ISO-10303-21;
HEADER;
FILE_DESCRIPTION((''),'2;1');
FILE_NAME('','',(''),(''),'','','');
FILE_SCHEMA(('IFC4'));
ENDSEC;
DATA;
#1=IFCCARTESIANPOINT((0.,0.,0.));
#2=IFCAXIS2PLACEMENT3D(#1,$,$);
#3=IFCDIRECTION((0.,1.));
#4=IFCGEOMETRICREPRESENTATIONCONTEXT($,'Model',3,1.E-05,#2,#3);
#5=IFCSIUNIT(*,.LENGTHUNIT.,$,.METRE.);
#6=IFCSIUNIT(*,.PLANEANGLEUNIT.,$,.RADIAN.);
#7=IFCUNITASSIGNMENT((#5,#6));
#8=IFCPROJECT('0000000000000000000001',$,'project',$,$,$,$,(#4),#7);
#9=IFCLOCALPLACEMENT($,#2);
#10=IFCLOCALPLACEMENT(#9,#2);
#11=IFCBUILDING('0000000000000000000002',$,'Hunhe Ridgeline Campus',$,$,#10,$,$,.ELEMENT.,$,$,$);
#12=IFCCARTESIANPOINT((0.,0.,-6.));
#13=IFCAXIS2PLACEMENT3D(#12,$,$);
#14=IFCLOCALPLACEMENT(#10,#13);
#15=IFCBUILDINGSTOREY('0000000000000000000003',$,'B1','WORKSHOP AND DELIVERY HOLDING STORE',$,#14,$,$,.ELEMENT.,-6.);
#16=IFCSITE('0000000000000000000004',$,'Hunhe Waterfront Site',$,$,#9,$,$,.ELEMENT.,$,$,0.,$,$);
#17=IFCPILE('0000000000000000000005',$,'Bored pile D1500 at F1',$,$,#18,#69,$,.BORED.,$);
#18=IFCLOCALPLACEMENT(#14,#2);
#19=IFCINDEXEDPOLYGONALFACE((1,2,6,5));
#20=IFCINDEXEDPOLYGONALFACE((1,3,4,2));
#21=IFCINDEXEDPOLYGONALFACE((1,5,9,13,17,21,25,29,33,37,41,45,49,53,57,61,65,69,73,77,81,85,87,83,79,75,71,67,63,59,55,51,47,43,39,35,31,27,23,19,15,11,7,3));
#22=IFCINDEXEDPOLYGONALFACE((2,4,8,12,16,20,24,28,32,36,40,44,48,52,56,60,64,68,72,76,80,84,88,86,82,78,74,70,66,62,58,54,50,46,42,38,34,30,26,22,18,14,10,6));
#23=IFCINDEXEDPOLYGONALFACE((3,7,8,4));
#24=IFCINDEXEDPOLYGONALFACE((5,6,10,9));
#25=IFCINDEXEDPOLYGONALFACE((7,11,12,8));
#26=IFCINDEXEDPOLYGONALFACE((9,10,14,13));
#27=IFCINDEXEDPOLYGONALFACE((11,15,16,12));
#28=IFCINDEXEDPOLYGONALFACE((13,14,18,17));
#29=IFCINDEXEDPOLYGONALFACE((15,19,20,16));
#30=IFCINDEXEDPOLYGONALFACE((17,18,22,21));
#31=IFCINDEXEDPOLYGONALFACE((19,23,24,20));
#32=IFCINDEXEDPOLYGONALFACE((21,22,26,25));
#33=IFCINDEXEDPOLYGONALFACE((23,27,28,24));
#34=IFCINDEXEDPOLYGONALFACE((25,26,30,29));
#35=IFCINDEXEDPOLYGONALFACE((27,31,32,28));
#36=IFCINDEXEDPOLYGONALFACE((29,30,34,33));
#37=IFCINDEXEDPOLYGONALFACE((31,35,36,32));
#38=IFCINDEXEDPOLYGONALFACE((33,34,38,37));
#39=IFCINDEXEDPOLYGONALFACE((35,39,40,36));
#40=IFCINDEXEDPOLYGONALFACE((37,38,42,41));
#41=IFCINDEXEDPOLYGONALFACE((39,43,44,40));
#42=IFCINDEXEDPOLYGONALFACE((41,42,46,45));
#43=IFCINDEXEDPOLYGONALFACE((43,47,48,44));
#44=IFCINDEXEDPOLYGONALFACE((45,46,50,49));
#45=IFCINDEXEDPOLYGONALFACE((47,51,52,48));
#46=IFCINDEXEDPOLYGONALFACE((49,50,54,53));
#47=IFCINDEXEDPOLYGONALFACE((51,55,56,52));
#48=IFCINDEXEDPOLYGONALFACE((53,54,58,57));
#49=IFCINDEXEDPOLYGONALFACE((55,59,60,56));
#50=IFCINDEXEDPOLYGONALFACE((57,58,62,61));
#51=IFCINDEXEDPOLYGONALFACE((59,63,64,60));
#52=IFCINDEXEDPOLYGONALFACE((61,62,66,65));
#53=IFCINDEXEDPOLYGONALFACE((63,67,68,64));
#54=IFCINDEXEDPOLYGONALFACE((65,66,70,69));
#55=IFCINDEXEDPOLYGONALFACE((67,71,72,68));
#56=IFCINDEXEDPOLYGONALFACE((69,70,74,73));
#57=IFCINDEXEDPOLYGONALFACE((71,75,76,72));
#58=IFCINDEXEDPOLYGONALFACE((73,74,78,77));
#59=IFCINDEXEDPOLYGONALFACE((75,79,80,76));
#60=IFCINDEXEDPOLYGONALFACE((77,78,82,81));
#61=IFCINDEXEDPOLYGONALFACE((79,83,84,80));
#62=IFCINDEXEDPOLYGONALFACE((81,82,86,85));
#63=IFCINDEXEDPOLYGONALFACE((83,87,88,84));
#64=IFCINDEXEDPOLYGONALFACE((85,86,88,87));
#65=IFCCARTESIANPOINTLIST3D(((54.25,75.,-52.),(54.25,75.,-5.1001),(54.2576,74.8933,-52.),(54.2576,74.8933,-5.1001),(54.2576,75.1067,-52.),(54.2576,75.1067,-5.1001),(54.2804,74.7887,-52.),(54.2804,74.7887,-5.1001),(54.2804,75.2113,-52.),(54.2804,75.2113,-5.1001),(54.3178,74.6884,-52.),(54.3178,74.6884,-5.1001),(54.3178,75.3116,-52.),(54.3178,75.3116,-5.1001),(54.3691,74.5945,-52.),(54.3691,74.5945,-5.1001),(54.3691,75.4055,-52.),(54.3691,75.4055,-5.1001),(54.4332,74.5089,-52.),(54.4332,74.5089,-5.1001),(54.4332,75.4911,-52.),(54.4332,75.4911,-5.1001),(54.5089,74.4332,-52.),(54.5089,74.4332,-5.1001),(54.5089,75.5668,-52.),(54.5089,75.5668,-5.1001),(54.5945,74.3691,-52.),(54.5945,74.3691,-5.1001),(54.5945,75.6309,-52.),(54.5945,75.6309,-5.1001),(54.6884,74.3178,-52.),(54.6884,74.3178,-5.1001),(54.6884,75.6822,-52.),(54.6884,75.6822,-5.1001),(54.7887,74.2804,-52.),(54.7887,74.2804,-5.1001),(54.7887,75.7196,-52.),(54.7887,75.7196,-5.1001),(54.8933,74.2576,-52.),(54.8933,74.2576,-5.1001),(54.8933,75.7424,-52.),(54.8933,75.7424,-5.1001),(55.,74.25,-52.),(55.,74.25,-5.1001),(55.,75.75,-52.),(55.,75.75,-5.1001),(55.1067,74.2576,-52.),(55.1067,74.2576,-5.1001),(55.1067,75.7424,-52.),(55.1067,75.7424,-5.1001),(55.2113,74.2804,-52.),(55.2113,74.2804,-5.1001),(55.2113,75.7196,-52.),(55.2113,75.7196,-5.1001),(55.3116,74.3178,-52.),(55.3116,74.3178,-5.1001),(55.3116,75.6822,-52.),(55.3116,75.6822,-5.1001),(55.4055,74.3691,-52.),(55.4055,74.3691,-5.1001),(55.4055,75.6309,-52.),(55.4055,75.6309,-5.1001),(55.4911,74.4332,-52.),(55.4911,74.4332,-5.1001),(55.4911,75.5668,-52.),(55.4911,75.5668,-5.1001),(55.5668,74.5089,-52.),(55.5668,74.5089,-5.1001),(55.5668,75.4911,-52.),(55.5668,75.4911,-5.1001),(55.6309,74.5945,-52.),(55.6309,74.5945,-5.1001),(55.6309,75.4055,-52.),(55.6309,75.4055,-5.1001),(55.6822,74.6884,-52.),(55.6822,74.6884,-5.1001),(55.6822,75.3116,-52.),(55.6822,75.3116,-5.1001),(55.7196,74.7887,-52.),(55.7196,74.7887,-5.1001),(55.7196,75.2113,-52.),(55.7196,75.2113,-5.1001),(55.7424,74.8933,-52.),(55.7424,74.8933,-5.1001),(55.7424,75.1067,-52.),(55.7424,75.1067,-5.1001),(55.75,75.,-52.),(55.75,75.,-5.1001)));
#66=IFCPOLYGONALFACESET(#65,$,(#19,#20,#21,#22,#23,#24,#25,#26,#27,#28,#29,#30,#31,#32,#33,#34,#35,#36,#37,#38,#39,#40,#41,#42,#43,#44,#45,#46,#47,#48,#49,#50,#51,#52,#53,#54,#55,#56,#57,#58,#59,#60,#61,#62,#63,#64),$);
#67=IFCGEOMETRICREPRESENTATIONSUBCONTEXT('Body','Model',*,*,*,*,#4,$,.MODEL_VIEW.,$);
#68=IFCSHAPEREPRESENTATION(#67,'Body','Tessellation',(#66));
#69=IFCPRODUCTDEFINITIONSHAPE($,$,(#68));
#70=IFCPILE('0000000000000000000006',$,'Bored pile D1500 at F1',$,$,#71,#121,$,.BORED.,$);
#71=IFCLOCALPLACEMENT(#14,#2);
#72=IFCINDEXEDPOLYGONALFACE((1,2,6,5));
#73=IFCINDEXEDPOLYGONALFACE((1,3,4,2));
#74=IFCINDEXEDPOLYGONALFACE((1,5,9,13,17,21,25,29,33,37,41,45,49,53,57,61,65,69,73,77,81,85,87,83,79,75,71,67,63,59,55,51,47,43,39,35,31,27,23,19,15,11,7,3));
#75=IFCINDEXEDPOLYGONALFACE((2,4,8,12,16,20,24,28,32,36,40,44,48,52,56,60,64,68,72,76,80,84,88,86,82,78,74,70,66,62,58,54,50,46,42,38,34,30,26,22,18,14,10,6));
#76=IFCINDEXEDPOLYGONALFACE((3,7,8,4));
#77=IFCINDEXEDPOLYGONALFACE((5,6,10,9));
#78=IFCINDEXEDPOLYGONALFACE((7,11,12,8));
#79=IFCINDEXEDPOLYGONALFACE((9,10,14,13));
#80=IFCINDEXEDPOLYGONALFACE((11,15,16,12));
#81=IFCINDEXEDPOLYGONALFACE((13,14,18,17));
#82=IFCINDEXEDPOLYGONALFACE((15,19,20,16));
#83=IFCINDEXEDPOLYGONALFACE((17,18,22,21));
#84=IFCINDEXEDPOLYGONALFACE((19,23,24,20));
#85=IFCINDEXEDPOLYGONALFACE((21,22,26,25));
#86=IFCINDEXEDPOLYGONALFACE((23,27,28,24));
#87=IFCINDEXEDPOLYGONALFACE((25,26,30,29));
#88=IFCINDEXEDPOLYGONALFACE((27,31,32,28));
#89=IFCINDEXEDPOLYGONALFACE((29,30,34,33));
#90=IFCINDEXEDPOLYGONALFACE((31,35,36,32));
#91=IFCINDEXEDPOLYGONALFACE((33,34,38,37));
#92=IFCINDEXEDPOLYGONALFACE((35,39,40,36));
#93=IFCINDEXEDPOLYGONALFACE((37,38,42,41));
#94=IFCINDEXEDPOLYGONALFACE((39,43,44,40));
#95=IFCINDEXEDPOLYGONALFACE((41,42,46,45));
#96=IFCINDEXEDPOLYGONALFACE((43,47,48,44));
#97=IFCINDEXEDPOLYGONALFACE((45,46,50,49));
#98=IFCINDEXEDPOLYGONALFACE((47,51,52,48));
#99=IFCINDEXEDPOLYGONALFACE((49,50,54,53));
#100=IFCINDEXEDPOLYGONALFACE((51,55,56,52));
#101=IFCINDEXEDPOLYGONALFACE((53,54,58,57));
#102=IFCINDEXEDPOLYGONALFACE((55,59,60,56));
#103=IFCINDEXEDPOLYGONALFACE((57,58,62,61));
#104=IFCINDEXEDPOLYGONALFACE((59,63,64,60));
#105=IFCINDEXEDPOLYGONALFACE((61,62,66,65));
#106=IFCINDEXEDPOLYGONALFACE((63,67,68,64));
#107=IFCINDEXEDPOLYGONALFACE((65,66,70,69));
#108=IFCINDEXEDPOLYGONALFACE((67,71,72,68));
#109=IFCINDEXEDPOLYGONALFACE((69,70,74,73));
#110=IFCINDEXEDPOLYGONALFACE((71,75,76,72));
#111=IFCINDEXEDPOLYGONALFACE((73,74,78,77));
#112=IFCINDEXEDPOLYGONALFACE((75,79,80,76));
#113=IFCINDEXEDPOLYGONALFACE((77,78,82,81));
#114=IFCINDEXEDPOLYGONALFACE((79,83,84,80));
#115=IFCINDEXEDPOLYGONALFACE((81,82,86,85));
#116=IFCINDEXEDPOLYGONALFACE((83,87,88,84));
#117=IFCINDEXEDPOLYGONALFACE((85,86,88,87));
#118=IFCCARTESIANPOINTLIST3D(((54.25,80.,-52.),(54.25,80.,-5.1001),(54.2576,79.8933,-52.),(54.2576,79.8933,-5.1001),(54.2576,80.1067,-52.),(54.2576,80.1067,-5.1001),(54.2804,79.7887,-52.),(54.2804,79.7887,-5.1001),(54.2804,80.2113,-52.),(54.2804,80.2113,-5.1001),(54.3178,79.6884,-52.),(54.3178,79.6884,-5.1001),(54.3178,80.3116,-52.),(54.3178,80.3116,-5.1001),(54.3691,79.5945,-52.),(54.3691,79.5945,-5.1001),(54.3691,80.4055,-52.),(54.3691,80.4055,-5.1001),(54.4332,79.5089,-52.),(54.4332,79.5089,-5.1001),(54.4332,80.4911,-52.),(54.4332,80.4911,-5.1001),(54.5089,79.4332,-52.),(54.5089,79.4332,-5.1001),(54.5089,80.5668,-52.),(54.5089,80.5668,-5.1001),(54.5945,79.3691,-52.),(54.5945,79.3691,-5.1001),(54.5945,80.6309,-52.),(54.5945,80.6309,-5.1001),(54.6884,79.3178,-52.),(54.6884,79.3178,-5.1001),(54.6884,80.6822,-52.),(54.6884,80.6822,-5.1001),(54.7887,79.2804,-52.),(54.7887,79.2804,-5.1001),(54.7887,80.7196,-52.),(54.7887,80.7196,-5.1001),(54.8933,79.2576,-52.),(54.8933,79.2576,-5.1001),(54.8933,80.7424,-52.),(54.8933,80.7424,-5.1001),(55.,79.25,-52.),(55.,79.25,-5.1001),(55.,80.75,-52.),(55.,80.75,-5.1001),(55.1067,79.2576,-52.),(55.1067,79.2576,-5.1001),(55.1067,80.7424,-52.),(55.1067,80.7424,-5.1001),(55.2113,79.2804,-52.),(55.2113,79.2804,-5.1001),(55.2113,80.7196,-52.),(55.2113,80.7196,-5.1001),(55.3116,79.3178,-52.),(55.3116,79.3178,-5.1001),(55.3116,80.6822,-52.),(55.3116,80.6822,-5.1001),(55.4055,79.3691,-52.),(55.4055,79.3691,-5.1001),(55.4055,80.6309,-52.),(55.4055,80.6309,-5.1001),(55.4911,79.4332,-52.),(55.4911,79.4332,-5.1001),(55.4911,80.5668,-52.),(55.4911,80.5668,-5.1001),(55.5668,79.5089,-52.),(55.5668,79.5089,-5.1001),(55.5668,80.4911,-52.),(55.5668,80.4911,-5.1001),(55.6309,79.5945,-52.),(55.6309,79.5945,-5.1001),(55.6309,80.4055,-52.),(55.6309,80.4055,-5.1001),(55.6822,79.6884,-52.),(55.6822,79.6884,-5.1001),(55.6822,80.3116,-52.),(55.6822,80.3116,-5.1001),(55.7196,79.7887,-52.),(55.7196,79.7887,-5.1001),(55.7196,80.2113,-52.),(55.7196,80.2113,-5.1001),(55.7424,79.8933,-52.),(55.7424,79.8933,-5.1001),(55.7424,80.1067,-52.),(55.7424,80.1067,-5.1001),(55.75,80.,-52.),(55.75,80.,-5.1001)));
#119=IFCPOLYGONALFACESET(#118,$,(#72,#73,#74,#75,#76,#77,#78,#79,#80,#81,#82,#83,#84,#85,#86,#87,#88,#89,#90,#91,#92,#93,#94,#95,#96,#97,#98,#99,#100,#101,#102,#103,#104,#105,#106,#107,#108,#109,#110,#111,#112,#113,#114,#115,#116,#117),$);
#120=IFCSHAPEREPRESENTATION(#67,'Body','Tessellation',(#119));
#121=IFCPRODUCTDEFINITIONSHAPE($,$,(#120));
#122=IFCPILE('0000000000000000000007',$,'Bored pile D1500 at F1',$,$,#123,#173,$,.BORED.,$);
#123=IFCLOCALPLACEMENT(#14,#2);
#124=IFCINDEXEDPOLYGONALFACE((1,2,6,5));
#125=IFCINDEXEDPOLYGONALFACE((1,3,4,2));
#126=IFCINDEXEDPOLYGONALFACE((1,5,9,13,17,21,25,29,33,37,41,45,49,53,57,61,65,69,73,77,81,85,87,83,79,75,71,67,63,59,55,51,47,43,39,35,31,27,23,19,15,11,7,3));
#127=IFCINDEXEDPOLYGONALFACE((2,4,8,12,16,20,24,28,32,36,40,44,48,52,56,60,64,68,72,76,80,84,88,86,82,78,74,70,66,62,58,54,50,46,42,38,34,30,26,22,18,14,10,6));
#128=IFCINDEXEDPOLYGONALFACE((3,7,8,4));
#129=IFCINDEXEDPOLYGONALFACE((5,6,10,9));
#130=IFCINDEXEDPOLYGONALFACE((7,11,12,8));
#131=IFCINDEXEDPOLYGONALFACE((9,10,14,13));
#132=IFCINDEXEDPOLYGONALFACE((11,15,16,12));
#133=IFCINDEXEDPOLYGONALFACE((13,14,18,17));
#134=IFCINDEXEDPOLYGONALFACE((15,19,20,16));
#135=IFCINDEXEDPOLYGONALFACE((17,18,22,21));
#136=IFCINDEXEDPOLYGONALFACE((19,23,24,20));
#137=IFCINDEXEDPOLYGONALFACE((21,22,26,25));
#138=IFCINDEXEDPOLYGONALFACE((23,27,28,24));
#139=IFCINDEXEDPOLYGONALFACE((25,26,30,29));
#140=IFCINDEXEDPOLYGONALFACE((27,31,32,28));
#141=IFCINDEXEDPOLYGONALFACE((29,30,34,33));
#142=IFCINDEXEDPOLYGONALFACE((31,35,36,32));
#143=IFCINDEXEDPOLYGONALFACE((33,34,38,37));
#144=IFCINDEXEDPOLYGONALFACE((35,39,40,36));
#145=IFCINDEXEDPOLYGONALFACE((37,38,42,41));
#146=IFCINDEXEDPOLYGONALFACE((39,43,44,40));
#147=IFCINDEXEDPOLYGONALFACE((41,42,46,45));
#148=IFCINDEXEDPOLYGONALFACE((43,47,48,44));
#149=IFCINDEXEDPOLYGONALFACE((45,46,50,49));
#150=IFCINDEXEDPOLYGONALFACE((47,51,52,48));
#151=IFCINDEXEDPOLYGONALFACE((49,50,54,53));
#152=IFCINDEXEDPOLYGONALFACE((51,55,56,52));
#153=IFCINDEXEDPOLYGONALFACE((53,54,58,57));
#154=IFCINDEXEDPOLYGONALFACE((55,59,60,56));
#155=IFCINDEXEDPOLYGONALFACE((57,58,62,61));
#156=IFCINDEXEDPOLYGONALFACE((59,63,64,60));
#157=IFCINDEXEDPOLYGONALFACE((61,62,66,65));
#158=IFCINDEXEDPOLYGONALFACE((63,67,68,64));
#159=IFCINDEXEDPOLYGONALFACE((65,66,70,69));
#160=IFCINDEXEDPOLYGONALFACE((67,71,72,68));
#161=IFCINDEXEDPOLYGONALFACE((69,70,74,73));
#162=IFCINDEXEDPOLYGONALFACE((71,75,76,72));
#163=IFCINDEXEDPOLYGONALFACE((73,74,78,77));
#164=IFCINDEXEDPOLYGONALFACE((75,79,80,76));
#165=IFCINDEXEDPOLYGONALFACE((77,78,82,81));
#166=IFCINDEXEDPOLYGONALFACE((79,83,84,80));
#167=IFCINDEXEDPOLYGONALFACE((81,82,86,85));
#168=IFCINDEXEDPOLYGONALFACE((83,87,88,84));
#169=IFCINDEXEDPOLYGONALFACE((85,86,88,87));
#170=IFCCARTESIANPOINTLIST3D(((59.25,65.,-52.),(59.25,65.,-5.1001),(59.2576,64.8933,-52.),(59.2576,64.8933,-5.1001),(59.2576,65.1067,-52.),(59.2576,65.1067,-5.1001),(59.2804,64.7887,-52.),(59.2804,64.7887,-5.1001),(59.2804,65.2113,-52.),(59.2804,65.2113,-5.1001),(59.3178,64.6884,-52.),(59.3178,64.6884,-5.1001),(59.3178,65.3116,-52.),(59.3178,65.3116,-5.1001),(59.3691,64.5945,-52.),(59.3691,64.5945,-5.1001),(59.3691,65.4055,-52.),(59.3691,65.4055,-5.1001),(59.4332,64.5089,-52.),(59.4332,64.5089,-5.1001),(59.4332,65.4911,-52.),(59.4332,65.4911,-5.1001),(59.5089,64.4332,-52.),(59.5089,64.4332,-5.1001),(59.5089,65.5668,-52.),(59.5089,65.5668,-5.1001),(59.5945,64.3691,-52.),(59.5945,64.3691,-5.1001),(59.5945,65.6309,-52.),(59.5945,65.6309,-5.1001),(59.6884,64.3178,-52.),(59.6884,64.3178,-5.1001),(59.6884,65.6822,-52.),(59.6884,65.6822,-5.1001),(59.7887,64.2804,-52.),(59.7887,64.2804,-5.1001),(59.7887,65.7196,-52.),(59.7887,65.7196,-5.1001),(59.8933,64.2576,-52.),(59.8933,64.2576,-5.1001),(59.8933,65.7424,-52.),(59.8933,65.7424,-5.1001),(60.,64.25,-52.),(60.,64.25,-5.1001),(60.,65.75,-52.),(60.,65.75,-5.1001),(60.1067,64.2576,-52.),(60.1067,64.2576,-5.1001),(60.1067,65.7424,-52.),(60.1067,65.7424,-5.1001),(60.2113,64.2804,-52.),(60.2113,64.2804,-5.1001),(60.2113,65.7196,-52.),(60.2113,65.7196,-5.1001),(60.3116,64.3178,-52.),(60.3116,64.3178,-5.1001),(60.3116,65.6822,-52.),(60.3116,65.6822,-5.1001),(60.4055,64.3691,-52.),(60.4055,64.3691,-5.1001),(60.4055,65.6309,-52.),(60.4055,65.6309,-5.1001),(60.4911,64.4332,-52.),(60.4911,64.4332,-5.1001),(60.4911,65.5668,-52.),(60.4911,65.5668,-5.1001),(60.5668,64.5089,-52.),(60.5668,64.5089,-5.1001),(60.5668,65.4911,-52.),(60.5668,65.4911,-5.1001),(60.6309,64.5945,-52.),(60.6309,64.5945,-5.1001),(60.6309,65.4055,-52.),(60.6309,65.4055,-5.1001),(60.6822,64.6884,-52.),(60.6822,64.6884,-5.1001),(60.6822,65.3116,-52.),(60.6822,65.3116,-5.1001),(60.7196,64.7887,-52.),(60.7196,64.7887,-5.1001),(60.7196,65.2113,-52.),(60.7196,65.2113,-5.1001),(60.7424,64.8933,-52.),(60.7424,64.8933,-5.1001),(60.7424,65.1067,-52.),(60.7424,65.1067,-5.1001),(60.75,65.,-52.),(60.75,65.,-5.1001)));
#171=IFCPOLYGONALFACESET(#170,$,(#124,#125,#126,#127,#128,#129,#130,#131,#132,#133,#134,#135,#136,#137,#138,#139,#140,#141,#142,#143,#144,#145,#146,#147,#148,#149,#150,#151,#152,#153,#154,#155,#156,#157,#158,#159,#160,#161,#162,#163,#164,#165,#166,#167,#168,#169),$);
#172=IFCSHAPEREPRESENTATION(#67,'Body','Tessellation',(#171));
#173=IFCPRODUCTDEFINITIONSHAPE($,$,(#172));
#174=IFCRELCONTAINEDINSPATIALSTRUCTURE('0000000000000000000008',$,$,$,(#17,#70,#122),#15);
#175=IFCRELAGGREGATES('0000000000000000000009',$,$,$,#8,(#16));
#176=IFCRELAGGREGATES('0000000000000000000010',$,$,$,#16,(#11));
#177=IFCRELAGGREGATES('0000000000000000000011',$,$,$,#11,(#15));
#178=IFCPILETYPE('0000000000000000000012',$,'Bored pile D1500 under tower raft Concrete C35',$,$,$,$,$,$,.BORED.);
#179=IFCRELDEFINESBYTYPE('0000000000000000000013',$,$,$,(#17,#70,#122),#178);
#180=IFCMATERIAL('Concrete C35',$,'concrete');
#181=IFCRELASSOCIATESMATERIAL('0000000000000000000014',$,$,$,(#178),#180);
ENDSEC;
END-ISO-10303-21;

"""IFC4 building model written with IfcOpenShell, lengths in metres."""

from ifc_helpers import new_model, si_unit, direction, frame, origin, origin_2d, place, context, subcontext, project, spatial, circle, extrude, material, material_profile, profile_set, type_object, element, save


model = new_model("IFC4")

# Units and contexts
model_context = context("Model", 3, precision=1e-05, world=origin(), true_north=direction((0.0, 1.0)))
body_context = subcontext(model_context, "Body", "Model", "MODEL_VIEW")
ifc_project = project(units=[si_unit("LENGTHUNIT", "METRE"), si_unit("PLANEANGLEUNIT", "RADIAN")], contexts=[model_context])

# Site, building, storey
site_placement = place(None, origin())
site = spatial("IfcSite", under=ifc_project, at=site_placement, Name="Hunhe Waterfront Site", CompositionType="ELEMENT", RefElevation=0.0)
building_placement = place(site_placement, origin())
building = spatial("IfcBuilding", under=site, at=building_placement, Name="Hunhe Ridgeline Campus", CompositionType="ELEMENT")
storey_placement = place(building_placement, frame((0.0, 0.0, -6.0)))
storey = spatial("IfcBuildingStorey", under=building, at=storey_placement, Name="B1", Description="WORKSHOP AND DELIVERY HOLDING STORE", CompositionType="ELEMENT", Elevation=-6.0)

# Piles
ifc_material_1 = material(Name="Concrete C35", Category="concrete")
ifc_material_profile_1 = material_profile(ifc_material_1, circle(Radius=0.75, at=origin_2d()))
ifc_profile_set_1 = profile_set([ifc_material_profile_1], Name="Concrete C35")
pile_type = type_object("IfcPileType", Name="Bored pile D1500 under tower raft Concrete C35", PredefinedType="BORED", material=ifc_profile_set_1)
for number, where, z_axis, x_axis, name in (
    (1, (55.0, 75.0, -5.1001), (0.0, 0.0, -1.0), (1.0, 0.0, 0.0), "Bored pile D1500 at F1"),
    (2, (55.0, 80.0, -5.1001), (0.0, 0.0, -1.0), (1.0, 0.0, 0.0), "Bored pile D1500 at F1"),
    (3, (60.0, 65.0, -5.1001), (0.0, 0.0, -1.0), (1.0, 0.0, 0.0), "Bored pile D1500 at F1"),
):
    element("IfcPile", number, at=place(storey_placement, frame(where, z_axis=z_axis, x_axis=x_axis)), inside=storey, type_object=pile_type, Name=name, PredefinedType="BORED", context=body_context, shape_type="SweptSolid", body=[
        extrude(circle(Radius=0.75, at=origin_2d()), origin(), (0.0, 0.0, 1.0), 46.8999),
    ])

save(model, "model.ifc")
